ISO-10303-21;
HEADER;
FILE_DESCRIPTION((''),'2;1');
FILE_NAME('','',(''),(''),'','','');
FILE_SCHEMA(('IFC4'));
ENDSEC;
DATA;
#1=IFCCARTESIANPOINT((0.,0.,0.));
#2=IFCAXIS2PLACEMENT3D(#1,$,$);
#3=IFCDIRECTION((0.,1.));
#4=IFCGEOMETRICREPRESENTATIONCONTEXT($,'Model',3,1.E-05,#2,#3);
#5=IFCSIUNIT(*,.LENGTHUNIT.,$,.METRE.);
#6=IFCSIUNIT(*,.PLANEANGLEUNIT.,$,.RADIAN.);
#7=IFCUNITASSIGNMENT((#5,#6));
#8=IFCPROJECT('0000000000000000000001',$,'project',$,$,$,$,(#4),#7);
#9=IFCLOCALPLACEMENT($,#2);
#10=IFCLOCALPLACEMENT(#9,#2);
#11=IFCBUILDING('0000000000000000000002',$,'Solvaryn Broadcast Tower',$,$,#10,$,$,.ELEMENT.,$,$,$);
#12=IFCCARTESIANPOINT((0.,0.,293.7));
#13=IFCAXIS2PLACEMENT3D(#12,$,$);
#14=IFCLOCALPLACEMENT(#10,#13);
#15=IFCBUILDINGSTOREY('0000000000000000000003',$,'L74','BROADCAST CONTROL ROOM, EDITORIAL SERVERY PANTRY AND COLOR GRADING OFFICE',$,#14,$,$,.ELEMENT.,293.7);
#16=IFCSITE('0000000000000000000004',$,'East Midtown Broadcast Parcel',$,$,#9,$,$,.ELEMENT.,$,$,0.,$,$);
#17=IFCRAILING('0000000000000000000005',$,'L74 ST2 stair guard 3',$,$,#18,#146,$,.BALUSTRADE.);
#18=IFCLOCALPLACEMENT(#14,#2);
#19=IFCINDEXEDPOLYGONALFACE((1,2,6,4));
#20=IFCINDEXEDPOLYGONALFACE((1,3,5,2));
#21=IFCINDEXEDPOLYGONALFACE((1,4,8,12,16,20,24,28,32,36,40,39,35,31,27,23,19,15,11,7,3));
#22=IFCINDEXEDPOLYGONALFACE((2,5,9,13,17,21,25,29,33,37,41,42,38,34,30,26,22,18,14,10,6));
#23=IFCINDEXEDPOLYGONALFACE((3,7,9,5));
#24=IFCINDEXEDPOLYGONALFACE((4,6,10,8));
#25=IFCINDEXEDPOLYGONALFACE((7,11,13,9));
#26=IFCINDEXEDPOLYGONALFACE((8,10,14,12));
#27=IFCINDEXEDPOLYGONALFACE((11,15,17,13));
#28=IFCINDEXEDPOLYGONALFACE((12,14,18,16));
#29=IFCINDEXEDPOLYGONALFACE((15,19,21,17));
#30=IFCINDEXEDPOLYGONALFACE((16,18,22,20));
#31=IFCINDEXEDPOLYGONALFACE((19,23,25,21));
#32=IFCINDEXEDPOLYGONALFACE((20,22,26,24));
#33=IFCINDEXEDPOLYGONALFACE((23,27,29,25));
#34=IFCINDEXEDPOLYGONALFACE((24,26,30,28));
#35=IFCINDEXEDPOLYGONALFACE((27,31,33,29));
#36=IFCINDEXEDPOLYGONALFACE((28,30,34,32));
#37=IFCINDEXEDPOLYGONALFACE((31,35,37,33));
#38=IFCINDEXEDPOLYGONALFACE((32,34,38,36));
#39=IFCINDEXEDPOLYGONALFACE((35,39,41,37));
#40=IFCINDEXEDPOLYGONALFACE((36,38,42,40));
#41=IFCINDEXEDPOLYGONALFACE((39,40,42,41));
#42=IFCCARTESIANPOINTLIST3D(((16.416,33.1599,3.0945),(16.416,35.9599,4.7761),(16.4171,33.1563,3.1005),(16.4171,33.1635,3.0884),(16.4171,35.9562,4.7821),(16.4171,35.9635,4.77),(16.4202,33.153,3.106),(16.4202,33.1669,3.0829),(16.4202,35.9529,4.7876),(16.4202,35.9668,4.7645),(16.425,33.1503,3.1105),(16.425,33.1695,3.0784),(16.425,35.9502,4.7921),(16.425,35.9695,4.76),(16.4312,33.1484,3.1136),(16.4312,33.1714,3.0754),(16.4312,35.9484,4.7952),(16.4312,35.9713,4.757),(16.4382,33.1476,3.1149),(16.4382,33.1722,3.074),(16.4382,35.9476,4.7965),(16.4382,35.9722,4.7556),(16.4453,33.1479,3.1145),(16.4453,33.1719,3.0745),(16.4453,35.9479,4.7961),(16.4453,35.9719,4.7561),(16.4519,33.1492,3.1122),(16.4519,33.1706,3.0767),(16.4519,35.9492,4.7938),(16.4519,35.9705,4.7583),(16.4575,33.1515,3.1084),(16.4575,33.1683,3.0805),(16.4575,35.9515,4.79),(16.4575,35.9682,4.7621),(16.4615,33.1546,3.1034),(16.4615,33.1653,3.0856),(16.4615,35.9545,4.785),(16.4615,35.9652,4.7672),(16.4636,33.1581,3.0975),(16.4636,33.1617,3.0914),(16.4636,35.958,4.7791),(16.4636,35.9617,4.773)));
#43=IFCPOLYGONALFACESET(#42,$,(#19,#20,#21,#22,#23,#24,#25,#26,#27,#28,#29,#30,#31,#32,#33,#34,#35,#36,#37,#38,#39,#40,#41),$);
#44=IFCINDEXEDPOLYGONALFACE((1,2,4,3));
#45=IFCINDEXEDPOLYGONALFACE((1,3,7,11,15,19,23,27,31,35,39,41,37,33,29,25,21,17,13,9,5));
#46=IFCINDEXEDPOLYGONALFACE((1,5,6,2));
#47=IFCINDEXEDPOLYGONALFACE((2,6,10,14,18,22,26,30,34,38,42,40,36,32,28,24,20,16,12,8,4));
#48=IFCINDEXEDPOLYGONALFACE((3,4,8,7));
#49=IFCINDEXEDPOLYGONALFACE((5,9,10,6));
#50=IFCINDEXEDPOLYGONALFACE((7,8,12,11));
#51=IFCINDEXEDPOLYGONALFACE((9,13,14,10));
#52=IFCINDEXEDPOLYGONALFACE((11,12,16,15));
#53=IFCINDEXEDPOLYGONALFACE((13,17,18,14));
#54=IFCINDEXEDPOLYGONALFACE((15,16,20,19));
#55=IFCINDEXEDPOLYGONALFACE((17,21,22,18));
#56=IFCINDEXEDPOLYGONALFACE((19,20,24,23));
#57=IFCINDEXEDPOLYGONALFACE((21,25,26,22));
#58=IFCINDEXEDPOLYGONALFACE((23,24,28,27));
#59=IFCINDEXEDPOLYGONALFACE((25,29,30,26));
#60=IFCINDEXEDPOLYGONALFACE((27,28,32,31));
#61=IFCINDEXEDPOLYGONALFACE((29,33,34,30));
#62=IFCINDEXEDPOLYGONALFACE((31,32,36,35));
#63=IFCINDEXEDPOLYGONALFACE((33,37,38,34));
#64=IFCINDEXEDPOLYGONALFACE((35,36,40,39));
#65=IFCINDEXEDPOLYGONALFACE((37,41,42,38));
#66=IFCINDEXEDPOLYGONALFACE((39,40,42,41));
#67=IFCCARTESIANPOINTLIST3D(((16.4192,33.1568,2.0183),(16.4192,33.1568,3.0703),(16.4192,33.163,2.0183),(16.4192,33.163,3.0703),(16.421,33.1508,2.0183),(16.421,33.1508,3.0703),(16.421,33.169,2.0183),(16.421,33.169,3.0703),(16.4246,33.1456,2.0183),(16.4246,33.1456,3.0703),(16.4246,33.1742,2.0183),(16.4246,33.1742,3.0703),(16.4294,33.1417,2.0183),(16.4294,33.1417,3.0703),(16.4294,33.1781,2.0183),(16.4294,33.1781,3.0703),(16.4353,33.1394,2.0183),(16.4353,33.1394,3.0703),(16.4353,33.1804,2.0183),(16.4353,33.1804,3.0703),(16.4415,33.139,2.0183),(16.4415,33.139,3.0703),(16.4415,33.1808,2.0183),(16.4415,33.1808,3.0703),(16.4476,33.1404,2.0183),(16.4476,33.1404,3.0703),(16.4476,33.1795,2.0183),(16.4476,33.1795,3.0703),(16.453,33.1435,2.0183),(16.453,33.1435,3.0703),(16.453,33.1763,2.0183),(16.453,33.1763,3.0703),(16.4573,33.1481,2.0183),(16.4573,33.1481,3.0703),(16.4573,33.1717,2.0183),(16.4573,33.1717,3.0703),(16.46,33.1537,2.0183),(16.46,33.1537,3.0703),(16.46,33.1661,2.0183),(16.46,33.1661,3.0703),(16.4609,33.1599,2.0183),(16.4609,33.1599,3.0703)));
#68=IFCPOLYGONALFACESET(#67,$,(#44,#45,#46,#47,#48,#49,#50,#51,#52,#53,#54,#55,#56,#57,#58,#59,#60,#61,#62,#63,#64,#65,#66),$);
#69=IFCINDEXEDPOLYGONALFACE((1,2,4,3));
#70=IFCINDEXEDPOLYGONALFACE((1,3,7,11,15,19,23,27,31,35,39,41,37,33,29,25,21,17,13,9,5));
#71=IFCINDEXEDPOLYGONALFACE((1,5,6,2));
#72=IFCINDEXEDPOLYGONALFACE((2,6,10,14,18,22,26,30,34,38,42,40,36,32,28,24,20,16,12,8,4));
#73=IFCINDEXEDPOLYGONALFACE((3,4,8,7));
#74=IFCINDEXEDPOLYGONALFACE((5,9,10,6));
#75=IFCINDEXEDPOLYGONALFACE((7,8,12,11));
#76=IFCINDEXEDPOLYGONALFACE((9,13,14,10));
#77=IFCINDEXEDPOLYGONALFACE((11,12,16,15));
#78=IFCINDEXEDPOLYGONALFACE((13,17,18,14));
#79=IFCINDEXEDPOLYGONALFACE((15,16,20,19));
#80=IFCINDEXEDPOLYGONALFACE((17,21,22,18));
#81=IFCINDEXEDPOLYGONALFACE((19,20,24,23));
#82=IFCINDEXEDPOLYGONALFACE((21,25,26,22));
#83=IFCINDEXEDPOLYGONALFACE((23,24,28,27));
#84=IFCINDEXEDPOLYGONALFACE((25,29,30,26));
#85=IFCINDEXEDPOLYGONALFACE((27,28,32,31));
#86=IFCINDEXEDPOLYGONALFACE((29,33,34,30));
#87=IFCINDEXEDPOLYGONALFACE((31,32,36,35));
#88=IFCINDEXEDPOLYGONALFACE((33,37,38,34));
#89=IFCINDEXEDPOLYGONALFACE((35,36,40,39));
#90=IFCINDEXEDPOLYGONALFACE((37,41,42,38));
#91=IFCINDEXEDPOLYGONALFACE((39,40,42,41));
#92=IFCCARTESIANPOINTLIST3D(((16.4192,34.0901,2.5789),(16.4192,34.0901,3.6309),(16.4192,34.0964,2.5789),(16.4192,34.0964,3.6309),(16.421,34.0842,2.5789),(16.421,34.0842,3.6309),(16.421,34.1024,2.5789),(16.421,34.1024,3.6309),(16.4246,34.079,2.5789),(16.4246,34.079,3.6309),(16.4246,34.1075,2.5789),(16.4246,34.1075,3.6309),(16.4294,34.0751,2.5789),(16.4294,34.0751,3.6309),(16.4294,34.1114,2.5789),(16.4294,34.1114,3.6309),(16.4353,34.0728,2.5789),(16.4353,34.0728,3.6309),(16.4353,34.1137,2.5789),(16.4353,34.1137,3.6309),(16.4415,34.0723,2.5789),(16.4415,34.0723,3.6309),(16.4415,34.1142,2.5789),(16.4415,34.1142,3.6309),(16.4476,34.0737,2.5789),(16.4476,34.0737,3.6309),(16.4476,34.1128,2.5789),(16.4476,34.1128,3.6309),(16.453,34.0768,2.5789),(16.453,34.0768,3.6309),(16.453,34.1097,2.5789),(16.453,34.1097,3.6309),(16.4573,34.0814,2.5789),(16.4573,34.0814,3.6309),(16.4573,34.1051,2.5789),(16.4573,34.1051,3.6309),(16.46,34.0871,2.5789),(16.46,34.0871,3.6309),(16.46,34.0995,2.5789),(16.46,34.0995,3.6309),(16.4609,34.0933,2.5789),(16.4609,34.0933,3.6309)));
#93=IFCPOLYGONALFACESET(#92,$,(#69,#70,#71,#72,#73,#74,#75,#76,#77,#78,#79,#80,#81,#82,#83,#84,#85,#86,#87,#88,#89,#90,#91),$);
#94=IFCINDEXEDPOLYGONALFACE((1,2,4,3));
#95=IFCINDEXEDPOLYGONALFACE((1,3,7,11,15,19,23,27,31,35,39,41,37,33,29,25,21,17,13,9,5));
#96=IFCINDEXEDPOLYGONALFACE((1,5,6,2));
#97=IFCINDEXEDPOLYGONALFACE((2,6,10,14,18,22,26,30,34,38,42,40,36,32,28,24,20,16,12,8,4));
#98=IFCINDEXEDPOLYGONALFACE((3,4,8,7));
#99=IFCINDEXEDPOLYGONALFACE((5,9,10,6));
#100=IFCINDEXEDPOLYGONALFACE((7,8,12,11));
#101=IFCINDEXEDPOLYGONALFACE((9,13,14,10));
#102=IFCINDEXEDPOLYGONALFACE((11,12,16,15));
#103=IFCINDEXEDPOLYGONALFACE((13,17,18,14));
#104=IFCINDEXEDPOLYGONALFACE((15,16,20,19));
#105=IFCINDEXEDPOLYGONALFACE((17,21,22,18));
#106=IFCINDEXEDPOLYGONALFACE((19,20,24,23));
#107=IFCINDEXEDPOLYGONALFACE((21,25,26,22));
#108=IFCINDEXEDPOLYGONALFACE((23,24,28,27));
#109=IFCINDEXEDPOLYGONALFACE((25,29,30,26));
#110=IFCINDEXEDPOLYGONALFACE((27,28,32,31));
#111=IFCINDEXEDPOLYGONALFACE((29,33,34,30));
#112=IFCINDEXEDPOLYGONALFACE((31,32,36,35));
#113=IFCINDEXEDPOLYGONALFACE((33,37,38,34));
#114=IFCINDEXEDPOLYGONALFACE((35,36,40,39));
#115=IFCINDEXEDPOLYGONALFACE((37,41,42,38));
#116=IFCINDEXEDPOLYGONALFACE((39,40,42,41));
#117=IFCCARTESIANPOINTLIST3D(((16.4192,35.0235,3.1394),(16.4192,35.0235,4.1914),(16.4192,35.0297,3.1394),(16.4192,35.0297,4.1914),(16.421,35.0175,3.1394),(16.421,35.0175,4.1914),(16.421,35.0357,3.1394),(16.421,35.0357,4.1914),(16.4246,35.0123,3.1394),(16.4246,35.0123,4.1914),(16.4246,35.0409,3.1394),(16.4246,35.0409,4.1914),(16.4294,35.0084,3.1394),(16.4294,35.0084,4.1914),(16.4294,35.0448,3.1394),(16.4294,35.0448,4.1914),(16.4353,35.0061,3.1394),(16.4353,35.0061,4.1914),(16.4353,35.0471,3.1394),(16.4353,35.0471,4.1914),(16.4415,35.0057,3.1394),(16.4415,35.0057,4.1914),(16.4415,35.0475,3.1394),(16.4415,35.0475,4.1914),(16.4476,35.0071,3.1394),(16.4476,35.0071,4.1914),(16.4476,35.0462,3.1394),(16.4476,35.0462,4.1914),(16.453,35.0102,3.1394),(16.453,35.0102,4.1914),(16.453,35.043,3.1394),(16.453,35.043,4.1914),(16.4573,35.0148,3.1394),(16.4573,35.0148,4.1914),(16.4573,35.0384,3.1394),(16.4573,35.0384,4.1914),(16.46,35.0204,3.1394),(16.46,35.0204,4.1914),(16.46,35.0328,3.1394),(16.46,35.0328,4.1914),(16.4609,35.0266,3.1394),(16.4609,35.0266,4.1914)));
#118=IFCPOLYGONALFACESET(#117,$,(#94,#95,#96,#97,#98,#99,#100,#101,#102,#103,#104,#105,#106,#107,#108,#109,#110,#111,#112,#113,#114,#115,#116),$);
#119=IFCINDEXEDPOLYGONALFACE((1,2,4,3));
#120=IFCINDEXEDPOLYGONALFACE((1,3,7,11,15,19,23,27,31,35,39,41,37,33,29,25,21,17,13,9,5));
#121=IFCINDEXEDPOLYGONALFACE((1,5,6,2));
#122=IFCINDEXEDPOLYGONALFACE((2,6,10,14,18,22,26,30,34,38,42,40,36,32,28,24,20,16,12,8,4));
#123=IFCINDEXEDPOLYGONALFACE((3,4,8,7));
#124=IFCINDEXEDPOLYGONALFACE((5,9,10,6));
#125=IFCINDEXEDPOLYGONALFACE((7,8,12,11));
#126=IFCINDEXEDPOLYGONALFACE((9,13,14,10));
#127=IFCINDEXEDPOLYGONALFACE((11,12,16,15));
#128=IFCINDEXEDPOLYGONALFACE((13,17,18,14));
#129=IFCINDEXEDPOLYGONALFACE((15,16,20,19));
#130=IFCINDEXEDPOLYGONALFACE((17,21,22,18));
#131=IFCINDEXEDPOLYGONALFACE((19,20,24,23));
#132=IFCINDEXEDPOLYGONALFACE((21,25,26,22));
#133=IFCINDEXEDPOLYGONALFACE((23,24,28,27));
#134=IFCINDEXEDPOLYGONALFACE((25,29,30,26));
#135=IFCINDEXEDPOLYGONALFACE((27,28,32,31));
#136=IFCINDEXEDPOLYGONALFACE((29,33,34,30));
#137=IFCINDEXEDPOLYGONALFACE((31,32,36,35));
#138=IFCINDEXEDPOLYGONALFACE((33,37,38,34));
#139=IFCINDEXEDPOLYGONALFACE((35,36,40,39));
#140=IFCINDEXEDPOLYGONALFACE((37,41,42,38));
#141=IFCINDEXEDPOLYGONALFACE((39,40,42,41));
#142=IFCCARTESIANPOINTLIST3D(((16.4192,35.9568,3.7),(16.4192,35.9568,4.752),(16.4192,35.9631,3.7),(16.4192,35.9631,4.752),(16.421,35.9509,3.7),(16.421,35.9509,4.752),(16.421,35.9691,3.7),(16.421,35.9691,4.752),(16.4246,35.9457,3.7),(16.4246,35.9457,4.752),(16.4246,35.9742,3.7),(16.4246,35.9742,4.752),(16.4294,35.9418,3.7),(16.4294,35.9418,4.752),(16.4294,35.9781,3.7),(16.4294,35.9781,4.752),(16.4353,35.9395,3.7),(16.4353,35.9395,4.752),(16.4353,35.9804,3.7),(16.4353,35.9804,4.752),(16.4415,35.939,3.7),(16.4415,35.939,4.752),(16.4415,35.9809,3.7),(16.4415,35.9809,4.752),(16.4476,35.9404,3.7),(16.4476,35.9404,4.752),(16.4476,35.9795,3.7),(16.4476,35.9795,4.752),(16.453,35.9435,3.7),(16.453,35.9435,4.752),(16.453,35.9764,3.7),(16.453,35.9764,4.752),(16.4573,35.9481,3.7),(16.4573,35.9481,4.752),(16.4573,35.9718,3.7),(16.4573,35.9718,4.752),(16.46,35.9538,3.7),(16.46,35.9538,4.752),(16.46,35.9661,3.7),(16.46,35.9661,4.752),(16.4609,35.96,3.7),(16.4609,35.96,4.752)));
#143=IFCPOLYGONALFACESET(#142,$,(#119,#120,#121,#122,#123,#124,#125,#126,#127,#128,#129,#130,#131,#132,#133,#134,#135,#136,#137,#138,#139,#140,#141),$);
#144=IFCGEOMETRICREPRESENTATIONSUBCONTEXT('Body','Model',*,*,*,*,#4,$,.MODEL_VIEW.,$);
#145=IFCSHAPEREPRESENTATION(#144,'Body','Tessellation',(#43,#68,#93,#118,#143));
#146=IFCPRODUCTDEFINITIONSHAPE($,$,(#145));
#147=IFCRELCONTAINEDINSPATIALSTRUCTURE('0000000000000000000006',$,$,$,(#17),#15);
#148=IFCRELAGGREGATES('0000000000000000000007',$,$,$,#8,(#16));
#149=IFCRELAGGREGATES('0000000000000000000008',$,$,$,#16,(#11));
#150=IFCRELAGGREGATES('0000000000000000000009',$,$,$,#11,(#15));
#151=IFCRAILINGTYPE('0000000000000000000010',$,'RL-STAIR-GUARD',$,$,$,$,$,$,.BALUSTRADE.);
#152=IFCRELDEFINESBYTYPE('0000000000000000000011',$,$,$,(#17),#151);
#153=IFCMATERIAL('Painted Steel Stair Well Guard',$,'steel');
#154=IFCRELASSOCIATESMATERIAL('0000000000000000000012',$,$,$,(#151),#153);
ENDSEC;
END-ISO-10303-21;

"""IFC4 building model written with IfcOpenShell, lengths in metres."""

from ifc_helpers import new_model, si_unit, direction, frame, origin, origin_2d, place, context, subcontext, project, spatial, circle, extrude, material, type_object, element, save


model = new_model("IFC4")

# Units and contexts
model_context = context("Model", 3, precision=1e-05, world=origin(), true_north=direction((0.0, 1.0)))
body_context = subcontext(model_context, "Body", "Model", "MODEL_VIEW")
ifc_project = project(units=[si_unit("LENGTHUNIT", "METRE"), si_unit("PLANEANGLEUNIT", "RADIAN")], contexts=[model_context])

# Site, building, storey
site_placement = place(None, origin())
site = spatial("IfcSite", under=ifc_project, at=site_placement, Name="East Midtown Broadcast Parcel", CompositionType="ELEMENT", RefElevation=0.0)
building_placement = place(site_placement, origin())
building = spatial("IfcBuilding", under=site, at=building_placement, Name="Solvaryn Broadcast Tower", CompositionType="ELEMENT")
storey_placement = place(building_placement, frame((0.0, 0.0, 293.7)))
storey = spatial("IfcBuildingStorey", under=building, at=storey_placement, Name="L74", Description="BROADCAST CONTROL ROOM, EDITORIAL SERVERY PANTRY AND COLOR GRADING OFFICE", CompositionType="ELEMENT", Elevation=293.7)

# Railing
ifc_material_1 = material(Name="Painted Steel Stair Well Guard", Category="steel")
railing_type_1 = type_object("IfcRailingType", Name="RL-STAIR-GUARD", PredefinedType="BALUSTRADE", material=ifc_material_1)
railing_1_placement = place(storey_placement, frame((16.4399, 33.1599, 2.0183)))
element("IfcRailing", 1, at=railing_1_placement, inside=storey, type_object=railing_type_1, Name="L74 ST2 stair guard 3", PredefinedType="BALUSTRADE", context=body_context, shape_type="SweptSolid", body=[
    extrude(circle(Radius=0.0239, at=origin_2d()), frame((0.0, 0.0, 1.0762), z_axis=(0.0, 0.857275, 0.514858), x_axis=(-1.0, 0.0, 0.0)), (0.0, 0.0, 1.0), 3.2661),
    extrude(circle(Radius=0.021, at=origin_2d()), origin(), (0.0, 0.0, 1.0), 1.052),
    extrude(circle(Radius=0.021, at=origin_2d()), frame((0.0, 0.9333, 0.5605)), (0.0, 0.0, 1.0), 1.052),
    extrude(circle(Radius=0.021, at=origin_2d()), frame((0.0, 1.8667, 1.1211)), (0.0, 0.0, 1.0), 1.052),
    extrude(circle(Radius=0.021, at=origin_2d()), frame((0.0, 2.8, 1.6816)), (0.0, 0.0, 1.0), 1.052),
])

save(model, "model.ifc")
